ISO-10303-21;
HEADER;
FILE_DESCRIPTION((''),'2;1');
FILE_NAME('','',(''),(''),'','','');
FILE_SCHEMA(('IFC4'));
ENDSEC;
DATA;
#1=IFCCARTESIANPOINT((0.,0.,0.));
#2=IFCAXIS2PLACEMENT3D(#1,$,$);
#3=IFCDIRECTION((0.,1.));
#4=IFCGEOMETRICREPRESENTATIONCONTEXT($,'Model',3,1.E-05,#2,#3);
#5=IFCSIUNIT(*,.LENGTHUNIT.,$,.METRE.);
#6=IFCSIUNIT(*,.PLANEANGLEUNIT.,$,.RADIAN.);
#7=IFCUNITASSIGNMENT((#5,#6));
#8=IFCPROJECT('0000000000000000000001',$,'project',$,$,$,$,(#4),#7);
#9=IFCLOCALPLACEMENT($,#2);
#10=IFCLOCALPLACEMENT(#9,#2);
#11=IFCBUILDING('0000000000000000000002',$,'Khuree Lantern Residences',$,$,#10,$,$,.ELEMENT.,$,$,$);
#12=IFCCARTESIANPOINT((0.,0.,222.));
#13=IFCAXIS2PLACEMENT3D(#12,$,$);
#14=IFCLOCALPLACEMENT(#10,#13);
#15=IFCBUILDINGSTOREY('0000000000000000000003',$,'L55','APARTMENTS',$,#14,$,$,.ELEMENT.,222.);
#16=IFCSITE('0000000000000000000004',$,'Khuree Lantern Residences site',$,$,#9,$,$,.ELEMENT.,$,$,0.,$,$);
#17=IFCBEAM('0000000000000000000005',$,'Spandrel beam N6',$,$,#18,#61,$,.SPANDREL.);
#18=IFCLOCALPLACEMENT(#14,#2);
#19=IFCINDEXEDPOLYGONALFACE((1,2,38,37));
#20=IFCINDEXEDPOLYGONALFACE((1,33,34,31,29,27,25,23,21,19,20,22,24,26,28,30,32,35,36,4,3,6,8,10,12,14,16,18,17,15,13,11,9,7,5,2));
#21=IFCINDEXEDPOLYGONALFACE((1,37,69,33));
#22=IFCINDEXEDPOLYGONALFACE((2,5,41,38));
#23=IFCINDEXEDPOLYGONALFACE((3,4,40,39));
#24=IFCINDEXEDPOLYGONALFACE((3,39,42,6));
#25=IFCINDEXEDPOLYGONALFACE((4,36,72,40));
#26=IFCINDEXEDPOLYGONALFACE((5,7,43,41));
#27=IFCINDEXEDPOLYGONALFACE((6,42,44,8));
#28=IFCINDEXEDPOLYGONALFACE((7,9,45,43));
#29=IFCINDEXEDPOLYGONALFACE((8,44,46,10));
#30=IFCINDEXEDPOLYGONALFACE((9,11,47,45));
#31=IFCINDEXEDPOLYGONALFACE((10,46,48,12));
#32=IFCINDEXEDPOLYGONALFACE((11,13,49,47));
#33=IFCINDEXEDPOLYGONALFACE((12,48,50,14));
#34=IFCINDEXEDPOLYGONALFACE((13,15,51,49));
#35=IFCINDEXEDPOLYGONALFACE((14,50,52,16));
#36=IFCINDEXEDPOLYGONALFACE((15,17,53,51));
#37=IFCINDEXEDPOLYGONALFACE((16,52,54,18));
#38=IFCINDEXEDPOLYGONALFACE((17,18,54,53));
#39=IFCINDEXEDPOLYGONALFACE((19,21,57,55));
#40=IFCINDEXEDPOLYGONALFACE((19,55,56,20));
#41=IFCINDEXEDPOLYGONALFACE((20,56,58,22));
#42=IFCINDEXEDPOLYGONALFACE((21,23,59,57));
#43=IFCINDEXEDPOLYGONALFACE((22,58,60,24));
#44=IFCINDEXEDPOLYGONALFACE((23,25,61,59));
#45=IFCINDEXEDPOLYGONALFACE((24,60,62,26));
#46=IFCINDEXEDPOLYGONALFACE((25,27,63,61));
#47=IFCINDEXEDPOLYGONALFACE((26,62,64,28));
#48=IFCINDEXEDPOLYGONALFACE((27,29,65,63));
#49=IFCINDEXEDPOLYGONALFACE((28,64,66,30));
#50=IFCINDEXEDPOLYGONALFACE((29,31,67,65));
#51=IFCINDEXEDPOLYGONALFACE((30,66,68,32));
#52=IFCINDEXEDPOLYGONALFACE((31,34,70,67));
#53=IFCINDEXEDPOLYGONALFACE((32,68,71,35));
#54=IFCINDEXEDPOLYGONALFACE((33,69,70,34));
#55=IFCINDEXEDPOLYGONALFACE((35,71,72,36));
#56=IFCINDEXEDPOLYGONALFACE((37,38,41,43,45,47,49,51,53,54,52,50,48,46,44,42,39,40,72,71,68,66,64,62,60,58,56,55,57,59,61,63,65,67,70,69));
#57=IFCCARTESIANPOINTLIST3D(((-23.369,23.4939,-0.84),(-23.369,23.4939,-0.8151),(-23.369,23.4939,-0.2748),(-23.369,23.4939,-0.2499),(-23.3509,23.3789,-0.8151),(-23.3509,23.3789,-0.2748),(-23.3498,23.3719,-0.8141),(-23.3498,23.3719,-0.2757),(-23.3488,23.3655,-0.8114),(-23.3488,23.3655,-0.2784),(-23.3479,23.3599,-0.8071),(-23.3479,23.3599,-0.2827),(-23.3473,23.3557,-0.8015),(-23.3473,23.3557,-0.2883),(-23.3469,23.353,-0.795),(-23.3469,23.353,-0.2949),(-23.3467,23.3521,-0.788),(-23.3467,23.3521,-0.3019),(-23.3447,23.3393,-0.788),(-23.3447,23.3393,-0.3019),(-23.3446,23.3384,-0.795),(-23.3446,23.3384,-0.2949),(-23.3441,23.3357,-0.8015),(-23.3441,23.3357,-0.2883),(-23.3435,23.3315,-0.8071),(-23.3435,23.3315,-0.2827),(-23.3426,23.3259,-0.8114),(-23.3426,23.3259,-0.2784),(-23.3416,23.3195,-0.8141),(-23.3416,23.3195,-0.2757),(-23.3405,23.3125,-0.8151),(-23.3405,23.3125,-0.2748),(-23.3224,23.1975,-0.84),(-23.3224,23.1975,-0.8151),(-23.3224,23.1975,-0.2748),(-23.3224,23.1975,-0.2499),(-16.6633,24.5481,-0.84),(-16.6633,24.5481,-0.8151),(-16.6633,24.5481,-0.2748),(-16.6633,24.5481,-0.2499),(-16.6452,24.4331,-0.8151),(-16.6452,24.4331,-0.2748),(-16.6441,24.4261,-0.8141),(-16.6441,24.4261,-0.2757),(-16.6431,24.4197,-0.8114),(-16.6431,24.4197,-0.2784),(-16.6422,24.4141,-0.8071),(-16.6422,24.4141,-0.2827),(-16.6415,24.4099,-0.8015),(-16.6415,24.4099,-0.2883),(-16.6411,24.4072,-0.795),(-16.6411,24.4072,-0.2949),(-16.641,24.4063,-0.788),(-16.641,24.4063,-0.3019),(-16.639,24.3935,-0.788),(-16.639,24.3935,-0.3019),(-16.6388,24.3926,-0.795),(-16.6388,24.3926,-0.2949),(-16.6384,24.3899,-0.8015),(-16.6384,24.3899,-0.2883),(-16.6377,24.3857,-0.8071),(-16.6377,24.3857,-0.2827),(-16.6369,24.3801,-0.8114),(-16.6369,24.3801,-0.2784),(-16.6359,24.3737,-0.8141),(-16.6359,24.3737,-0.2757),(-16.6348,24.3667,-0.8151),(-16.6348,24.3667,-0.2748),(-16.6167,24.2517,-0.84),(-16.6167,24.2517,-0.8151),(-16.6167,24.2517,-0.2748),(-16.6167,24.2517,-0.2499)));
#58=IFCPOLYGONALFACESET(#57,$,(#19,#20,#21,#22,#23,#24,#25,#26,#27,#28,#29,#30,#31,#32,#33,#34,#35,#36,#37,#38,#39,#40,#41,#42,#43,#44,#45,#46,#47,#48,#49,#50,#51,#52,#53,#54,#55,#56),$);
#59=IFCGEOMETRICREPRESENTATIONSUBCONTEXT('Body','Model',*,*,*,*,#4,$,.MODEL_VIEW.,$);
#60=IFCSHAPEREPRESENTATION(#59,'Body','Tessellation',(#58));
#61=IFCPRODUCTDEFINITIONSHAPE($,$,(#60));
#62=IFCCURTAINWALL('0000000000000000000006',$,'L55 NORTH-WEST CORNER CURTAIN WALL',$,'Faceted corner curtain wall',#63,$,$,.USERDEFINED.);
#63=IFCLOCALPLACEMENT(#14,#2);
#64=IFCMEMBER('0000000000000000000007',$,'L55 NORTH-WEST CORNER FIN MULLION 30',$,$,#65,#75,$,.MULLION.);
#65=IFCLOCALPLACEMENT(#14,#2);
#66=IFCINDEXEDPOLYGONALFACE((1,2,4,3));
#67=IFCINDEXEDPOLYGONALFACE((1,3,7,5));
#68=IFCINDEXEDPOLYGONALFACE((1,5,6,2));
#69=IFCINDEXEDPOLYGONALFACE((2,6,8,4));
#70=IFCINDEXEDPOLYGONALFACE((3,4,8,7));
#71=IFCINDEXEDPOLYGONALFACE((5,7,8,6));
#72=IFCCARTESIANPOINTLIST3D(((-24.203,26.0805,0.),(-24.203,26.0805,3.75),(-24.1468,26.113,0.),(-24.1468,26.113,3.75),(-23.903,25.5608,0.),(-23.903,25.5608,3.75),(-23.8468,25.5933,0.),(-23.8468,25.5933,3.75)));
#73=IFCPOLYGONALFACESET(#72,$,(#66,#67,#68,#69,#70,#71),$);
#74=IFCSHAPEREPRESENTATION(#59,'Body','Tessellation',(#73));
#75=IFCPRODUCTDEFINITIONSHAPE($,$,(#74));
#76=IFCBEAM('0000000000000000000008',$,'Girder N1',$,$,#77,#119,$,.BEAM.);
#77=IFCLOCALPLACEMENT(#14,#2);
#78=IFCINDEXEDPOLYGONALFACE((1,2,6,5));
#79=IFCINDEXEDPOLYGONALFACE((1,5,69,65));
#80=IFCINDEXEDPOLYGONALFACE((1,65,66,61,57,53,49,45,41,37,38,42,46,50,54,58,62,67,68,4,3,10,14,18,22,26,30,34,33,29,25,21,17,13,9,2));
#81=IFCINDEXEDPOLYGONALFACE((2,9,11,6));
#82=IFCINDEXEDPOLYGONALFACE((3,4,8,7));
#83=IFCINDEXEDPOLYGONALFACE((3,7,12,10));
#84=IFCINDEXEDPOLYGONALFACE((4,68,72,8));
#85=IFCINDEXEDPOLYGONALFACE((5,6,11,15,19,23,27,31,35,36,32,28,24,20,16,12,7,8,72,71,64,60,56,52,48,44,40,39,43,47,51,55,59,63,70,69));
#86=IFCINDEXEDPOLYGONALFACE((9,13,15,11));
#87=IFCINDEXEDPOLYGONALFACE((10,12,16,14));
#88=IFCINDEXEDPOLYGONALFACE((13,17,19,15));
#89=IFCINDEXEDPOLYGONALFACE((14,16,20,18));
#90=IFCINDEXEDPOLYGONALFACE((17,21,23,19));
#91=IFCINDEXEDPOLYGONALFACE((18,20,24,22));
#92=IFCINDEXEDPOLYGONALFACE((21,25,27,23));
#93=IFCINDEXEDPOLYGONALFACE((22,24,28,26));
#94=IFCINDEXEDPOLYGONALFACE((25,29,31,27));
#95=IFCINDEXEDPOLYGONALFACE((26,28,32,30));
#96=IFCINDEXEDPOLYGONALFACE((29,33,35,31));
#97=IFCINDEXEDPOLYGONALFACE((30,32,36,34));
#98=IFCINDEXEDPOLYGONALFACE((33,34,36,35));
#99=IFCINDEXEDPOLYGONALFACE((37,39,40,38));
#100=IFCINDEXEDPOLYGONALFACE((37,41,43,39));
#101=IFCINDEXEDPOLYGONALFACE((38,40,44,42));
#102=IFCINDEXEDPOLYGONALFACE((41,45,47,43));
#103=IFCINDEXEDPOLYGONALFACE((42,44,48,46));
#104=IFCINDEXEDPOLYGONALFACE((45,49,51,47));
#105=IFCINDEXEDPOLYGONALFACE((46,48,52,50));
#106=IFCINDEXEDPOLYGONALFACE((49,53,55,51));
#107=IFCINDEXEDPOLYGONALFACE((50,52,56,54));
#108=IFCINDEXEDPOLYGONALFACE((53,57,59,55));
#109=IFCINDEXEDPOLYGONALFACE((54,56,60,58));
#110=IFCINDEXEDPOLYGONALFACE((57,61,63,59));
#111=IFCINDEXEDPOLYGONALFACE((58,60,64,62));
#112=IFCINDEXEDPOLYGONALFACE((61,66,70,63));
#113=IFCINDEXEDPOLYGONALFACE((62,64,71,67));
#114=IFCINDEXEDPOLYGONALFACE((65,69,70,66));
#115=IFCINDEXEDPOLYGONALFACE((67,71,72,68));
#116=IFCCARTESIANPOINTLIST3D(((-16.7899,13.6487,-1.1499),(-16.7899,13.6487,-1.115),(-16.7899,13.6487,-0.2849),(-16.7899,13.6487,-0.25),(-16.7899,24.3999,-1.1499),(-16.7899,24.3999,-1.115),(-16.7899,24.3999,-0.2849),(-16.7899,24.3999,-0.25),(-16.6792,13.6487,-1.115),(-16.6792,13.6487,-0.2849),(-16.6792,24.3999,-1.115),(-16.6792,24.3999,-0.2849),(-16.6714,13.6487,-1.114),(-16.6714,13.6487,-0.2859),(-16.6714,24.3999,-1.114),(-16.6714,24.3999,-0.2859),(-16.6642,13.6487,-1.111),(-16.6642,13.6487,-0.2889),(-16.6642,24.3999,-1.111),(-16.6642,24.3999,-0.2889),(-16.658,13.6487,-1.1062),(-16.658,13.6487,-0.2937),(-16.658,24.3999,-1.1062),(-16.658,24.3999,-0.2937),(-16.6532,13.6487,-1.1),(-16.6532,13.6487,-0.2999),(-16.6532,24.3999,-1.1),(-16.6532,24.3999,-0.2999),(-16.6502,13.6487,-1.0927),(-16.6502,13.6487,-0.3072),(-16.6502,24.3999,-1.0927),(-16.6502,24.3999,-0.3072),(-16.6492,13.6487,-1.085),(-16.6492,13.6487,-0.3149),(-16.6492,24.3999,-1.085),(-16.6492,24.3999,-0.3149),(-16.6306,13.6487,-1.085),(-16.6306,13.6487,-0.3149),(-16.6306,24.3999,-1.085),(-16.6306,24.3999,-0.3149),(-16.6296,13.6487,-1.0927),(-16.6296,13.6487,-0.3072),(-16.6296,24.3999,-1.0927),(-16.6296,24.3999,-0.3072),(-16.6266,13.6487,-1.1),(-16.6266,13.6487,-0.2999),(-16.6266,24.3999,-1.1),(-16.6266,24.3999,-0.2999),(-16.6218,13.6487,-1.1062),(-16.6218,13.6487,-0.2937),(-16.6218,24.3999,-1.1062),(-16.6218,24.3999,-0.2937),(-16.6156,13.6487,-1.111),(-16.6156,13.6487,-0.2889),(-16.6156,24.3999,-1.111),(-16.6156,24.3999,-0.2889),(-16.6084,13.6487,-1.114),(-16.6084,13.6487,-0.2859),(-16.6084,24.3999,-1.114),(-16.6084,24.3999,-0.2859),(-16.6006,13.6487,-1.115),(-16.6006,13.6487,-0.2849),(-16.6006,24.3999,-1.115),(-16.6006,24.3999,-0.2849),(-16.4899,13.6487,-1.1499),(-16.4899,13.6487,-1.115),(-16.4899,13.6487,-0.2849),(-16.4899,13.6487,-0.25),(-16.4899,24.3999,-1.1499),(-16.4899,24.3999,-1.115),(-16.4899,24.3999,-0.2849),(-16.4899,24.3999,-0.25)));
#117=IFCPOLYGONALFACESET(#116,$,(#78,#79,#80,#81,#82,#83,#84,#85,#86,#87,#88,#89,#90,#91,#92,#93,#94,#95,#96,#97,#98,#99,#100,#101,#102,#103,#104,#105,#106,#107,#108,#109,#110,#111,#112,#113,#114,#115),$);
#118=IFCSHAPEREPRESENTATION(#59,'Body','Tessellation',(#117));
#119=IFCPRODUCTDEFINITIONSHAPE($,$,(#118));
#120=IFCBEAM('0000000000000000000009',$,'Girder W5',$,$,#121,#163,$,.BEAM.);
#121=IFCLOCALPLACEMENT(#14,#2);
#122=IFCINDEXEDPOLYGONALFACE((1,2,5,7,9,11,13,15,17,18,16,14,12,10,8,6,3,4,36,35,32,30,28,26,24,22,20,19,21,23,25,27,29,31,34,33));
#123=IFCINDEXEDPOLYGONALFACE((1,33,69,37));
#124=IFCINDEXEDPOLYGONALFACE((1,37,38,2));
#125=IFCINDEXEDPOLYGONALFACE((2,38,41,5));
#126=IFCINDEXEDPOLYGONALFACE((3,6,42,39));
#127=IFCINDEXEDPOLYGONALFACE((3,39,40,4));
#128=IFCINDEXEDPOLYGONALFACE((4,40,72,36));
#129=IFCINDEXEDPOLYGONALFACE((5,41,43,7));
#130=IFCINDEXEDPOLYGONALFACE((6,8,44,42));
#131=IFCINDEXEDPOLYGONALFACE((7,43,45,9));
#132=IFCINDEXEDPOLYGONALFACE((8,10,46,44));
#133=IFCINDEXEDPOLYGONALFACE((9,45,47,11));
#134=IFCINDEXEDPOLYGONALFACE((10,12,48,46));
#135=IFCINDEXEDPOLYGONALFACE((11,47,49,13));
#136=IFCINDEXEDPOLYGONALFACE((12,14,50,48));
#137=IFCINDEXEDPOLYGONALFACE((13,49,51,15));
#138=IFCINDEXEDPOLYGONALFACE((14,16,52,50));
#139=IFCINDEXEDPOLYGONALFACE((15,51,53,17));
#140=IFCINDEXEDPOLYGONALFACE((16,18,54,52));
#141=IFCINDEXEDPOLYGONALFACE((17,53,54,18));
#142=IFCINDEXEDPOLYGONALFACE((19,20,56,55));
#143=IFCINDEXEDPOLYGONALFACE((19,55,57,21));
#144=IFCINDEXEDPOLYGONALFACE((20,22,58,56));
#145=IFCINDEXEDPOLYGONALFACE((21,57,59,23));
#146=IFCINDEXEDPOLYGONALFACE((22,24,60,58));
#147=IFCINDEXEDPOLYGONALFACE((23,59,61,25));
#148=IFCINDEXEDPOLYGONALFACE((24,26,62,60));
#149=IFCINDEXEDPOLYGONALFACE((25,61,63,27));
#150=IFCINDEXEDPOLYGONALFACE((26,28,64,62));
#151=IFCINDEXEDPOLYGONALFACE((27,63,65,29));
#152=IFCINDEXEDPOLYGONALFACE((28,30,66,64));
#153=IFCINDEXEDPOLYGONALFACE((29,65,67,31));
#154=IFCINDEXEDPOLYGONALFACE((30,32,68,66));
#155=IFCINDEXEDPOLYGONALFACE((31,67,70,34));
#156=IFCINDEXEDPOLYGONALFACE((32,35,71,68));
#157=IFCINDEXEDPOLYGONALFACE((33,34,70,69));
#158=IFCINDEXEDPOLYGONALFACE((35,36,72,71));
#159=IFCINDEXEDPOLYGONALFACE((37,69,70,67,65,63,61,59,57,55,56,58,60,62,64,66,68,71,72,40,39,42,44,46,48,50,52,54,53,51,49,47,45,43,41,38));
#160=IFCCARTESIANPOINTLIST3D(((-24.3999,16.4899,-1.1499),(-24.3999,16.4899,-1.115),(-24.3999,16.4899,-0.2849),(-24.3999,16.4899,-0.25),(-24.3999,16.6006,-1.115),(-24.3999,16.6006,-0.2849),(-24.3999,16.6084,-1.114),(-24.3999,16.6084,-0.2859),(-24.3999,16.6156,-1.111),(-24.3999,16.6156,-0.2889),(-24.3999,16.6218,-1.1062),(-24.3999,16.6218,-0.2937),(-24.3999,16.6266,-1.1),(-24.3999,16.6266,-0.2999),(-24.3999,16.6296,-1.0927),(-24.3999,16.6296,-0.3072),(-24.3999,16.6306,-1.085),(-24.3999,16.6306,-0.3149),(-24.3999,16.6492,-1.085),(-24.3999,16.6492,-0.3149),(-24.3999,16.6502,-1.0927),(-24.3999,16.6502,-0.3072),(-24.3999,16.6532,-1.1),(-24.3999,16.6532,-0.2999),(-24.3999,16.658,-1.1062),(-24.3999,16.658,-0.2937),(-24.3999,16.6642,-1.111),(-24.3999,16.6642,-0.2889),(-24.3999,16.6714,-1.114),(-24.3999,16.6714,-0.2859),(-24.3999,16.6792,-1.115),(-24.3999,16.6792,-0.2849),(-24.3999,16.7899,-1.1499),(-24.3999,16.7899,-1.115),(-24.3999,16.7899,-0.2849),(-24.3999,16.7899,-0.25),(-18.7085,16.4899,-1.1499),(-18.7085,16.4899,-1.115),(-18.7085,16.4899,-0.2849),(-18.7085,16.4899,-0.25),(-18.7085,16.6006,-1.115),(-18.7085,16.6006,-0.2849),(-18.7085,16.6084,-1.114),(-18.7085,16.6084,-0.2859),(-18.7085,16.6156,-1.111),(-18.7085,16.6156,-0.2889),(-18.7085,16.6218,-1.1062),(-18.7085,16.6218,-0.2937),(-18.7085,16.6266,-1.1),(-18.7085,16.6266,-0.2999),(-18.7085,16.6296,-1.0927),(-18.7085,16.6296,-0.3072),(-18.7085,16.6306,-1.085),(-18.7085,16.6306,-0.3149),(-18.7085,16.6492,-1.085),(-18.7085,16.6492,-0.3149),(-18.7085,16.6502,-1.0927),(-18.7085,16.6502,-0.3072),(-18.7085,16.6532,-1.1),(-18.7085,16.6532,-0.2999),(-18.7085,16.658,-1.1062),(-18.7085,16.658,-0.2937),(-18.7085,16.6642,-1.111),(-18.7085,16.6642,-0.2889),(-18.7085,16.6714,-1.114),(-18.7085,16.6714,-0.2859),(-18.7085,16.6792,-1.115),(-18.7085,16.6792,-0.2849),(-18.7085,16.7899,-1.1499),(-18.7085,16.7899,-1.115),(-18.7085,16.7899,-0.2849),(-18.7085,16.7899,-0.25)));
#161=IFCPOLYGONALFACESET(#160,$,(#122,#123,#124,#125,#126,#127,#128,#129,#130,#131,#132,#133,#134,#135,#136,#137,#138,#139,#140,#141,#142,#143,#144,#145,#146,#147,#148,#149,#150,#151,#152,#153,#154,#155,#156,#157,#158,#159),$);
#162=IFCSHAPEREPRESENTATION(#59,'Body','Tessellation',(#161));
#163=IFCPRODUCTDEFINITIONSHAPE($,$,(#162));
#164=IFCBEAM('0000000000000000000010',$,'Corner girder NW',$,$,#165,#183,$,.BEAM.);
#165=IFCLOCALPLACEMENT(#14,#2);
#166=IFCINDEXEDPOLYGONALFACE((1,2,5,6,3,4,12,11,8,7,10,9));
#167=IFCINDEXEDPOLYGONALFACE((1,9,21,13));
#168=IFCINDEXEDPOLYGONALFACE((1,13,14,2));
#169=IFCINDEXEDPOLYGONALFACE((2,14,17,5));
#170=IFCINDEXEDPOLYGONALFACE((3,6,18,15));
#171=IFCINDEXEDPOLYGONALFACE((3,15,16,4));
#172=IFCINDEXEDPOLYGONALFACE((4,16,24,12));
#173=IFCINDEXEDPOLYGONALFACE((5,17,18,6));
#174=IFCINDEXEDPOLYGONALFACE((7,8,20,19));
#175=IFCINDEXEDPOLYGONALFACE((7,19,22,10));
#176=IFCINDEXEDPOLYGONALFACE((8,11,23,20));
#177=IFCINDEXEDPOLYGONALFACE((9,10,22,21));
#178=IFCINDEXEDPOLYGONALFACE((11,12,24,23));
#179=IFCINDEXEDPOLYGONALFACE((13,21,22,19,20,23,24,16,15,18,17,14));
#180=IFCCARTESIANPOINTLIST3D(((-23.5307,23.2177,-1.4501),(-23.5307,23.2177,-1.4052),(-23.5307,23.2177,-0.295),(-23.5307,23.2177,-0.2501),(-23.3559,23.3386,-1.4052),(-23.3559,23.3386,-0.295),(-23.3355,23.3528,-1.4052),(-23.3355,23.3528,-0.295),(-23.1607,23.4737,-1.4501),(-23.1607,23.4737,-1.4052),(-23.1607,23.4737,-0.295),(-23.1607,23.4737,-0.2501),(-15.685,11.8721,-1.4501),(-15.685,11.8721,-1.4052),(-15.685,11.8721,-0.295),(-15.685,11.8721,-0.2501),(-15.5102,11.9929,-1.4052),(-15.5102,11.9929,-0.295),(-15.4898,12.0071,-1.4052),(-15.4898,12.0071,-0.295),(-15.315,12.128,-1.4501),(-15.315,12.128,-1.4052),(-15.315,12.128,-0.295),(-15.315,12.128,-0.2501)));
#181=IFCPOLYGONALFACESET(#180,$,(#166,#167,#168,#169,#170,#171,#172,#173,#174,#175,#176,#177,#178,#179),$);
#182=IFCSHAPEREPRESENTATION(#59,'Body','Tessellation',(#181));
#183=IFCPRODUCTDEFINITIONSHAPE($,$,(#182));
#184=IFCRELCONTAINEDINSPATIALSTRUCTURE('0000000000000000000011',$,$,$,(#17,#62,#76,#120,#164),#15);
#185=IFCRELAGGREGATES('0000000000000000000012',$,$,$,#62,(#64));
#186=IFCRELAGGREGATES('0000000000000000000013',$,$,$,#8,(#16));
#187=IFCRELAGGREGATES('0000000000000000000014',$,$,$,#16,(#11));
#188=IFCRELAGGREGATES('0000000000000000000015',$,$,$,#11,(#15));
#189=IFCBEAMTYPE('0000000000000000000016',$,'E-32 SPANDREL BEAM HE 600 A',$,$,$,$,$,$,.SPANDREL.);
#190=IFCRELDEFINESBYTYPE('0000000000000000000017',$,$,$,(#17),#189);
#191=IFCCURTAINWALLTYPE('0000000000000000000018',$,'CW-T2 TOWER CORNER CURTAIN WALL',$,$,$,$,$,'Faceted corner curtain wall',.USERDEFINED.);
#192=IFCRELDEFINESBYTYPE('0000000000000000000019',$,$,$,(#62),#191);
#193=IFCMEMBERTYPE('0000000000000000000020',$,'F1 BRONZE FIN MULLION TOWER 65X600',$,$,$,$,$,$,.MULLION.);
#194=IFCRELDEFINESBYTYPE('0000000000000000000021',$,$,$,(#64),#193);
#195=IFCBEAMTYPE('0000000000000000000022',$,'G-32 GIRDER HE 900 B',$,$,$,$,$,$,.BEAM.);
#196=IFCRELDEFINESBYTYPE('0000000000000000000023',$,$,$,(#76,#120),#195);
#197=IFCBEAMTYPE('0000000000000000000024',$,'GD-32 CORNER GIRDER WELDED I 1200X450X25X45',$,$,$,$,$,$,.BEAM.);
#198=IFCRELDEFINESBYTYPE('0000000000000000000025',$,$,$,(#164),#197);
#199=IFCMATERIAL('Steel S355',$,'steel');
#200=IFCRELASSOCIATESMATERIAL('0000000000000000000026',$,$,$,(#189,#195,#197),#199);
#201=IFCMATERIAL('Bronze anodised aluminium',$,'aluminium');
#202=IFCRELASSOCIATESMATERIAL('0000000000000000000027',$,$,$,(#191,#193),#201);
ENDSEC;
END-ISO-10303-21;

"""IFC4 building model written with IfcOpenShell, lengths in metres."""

from ifc_helpers import new_model, si_unit, direction, frame, origin, origin_2d, place, context, subcontext, project, spatial, rectangle, i_section, extrude, material, material_profile, profile_set, type_object, element, aggregate, save


model = new_model("IFC4")

# Units and contexts
model_context = context("Model", 3, precision=1e-05, world=origin(), true_north=direction((0.0, 1.0)))
body_context = subcontext(model_context, "Body", "Model", "MODEL_VIEW")
ifc_project = project(units=[si_unit("LENGTHUNIT", "METRE"), si_unit("PLANEANGLEUNIT", "RADIAN")], contexts=[model_context])

# Site, building, storey
site_placement = place(None, origin())
site = spatial("IfcSite", under=ifc_project, at=site_placement, Name="Khuree Lantern Residences site", CompositionType="ELEMENT", RefElevation=0.0)
building_placement = place(site_placement, origin())
building = spatial("IfcBuilding", under=site, at=building_placement, Name="Khuree Lantern Residences", CompositionType="ELEMENT")
storey_placement = place(building_placement, frame((0.0, 0.0, 222.0)))
storey = spatial("IfcBuildingStorey", under=building, at=storey_placement, Name="L55", Description="APARTMENTS", CompositionType="ELEMENT", Elevation=222.0)

# Beam
ifc_material_1 = material(Name="Steel S355", Category="steel")
ifc_material_profile_1 = material_profile(ifc_material_1, i_section(OverallWidth=0.3, OverallDepth=0.5901, WebThickness=0.0129, FlangeThickness=0.0249, FilletRadius=0.0271, at=origin_2d()), Name="HE 600 A")
ifc_profile_set_1 = profile_set([ifc_material_profile_1], Name="Steel S355")
beam_type_1 = type_object("IfcBeamType", Name="E-32 SPANDREL BEAM HE 600 A", PredefinedType="SPANDREL", material=ifc_profile_set_1)
for number, where, z_axis, x_axis, name in (
    (1, (-23.3457, 23.3457, -0.5449), (0.987867, 0.1553, 0.0), (-0.1553, 0.987867, 0.0), "Spandrel beam N6"),
):
    element("IfcBeam", number, at=place(storey_placement, frame(where, z_axis=z_axis, x_axis=x_axis)), inside=storey, type_object=beam_type_1, Name=name, PredefinedType="SPANDREL", context=body_context, shape_type="SweptSolid", body=[
        extrude(i_section(OverallWidth=0.3, OverallDepth=0.5901, WebThickness=0.0129, FlangeThickness=0.0249, FilletRadius=0.0271, at=origin_2d()), origin(), (0.0, 0.0, 1.0), 6.7881),
    ])

# Curtain wall, member
ifc_material_2 = material(Name="Bronze anodised aluminium", Category="aluminium")
curtain_wall_type_1 = type_object("IfcCurtainWallType", Name="CW-T2 TOWER CORNER CURTAIN WALL", ElementType="Faceted corner curtain wall", PredefinedType="USERDEFINED", material=ifc_material_2)
curtain_wall_1_placement = place(storey_placement, origin())
curtain_wall_1 = element("IfcCurtainWall", 2, at=curtain_wall_1_placement, inside=storey, type_object=curtain_wall_type_1, Name="L55 NORTH-WEST CORNER CURTAIN WALL", ObjectType="Faceted corner curtain wall", PredefinedType="USERDEFINED")
ifc_material_profile_2 = material_profile(ifc_material_2, rectangle(XDim=0.0649, YDim=0.6001, at=origin_2d()), Name="F1 65X600")
ifc_profile_set_2 = profile_set([ifc_material_profile_2], Name="Bronze anodised aluminium")
member_type_1 = type_object("IfcMemberType", Name="F1 BRONZE FIN MULLION TOWER 65X600", PredefinedType="MULLION", material=ifc_profile_set_2)
member_1_placement = place(storey_placement, frame((-24.0249, 25.8369, 0.0), z_axis=(0.0, 0.0, 1.0), x_axis=(-0.866025, -0.5, 0.0)))
member_1 = element("IfcMember", 3, at=member_1_placement, type_object=member_type_1, Name="L55 NORTH-WEST CORNER FIN MULLION 30", PredefinedType="MULLION", context=body_context, shape_type="SweptSolid", body=[
    extrude(rectangle(XDim=0.0649, YDim=0.6001, at=origin_2d()), origin(), (0.0, 0.0, 1.0), 3.75),
])

# Beams
ifc_material_profile_3 = material_profile(ifc_material_1, i_section(OverallWidth=0.3, OverallDepth=0.8999, WebThickness=0.0186, FlangeThickness=0.0349, FilletRadius=0.03, at=origin_2d()), Name="HE 900 B")
ifc_profile_set_3 = profile_set([ifc_material_profile_3], Name="Steel S355")
beam_type_2 = type_object("IfcBeamType", Name="G-32 GIRDER HE 900 B", PredefinedType="BEAM", material=ifc_profile_set_3)
beam_1_placement = place(storey_placement, frame((-16.6399, 24.3999, -0.7), z_axis=(0.0, -1.0, 0.0), x_axis=(1.0, 0.0, 0.0)))
element("IfcBeam", 4, at=beam_1_placement, inside=storey, type_object=beam_type_2, Name="Girder N1", PredefinedType="BEAM", context=body_context, shape_type="SweptSolid", body=[
    extrude(i_section(OverallWidth=0.3, OverallDepth=0.8999, WebThickness=0.0186, FlangeThickness=0.0349, FilletRadius=0.03, at=origin_2d()), origin(), (0.0, 0.0, 1.0), 10.7512),
])
beam_2_placement = place(storey_placement, frame((-24.3999, 16.6399, -0.7), z_axis=(1.0, 0.0, 0.0), x_axis=(0.0, 1.0, 0.0)))
element("IfcBeam", 5, at=beam_2_placement, inside=storey, type_object=beam_type_2, Name="Girder W5", PredefinedType="BEAM", context=body_context, shape_type="SweptSolid", body=[
    extrude(i_section(OverallWidth=0.3, OverallDepth=0.8999, WebThickness=0.0186, FlangeThickness=0.0349, FilletRadius=0.03, at=origin_2d()), origin(), (0.0, 0.0, 1.0), 5.6914),
])
ifc_material_profile_4 = material_profile(ifc_material_1, i_section(OverallWidth=0.45, OverallDepth=1.2, WebThickness=0.0249, FlangeThickness=0.0449, at=origin_2d()), Name="WELDED I 1200X450X25X45")
ifc_profile_set_4 = profile_set([ifc_material_profile_4], Name="Steel S355")
beam_type_3 = type_object("IfcBeamType", Name="GD-32 CORNER GIRDER WELDED I 1200X450X25X45", PredefinedType="BEAM", material=ifc_profile_set_4)
beam_3_placement = place(storey_placement, frame((-23.3457, 23.3457, -0.8501), z_axis=(0.568768, -0.822498, 0.0), x_axis=(0.822498, 0.568768, 0.0)))
element("IfcBeam", 6, at=beam_3_placement, inside=storey, type_object=beam_type_3, Name="Corner girder NW", PredefinedType="BEAM", context=body_context, shape_type="SweptSolid", body=[
    extrude(i_section(OverallWidth=0.45, OverallDepth=1.2, WebThickness=0.0249, FlangeThickness=0.0449, at=origin_2d()), origin(), (0.0, 0.0, 1.0), 13.7942),
])

aggregate(curtain_wall_1, [member_1])

save(model, "model.ifc")
